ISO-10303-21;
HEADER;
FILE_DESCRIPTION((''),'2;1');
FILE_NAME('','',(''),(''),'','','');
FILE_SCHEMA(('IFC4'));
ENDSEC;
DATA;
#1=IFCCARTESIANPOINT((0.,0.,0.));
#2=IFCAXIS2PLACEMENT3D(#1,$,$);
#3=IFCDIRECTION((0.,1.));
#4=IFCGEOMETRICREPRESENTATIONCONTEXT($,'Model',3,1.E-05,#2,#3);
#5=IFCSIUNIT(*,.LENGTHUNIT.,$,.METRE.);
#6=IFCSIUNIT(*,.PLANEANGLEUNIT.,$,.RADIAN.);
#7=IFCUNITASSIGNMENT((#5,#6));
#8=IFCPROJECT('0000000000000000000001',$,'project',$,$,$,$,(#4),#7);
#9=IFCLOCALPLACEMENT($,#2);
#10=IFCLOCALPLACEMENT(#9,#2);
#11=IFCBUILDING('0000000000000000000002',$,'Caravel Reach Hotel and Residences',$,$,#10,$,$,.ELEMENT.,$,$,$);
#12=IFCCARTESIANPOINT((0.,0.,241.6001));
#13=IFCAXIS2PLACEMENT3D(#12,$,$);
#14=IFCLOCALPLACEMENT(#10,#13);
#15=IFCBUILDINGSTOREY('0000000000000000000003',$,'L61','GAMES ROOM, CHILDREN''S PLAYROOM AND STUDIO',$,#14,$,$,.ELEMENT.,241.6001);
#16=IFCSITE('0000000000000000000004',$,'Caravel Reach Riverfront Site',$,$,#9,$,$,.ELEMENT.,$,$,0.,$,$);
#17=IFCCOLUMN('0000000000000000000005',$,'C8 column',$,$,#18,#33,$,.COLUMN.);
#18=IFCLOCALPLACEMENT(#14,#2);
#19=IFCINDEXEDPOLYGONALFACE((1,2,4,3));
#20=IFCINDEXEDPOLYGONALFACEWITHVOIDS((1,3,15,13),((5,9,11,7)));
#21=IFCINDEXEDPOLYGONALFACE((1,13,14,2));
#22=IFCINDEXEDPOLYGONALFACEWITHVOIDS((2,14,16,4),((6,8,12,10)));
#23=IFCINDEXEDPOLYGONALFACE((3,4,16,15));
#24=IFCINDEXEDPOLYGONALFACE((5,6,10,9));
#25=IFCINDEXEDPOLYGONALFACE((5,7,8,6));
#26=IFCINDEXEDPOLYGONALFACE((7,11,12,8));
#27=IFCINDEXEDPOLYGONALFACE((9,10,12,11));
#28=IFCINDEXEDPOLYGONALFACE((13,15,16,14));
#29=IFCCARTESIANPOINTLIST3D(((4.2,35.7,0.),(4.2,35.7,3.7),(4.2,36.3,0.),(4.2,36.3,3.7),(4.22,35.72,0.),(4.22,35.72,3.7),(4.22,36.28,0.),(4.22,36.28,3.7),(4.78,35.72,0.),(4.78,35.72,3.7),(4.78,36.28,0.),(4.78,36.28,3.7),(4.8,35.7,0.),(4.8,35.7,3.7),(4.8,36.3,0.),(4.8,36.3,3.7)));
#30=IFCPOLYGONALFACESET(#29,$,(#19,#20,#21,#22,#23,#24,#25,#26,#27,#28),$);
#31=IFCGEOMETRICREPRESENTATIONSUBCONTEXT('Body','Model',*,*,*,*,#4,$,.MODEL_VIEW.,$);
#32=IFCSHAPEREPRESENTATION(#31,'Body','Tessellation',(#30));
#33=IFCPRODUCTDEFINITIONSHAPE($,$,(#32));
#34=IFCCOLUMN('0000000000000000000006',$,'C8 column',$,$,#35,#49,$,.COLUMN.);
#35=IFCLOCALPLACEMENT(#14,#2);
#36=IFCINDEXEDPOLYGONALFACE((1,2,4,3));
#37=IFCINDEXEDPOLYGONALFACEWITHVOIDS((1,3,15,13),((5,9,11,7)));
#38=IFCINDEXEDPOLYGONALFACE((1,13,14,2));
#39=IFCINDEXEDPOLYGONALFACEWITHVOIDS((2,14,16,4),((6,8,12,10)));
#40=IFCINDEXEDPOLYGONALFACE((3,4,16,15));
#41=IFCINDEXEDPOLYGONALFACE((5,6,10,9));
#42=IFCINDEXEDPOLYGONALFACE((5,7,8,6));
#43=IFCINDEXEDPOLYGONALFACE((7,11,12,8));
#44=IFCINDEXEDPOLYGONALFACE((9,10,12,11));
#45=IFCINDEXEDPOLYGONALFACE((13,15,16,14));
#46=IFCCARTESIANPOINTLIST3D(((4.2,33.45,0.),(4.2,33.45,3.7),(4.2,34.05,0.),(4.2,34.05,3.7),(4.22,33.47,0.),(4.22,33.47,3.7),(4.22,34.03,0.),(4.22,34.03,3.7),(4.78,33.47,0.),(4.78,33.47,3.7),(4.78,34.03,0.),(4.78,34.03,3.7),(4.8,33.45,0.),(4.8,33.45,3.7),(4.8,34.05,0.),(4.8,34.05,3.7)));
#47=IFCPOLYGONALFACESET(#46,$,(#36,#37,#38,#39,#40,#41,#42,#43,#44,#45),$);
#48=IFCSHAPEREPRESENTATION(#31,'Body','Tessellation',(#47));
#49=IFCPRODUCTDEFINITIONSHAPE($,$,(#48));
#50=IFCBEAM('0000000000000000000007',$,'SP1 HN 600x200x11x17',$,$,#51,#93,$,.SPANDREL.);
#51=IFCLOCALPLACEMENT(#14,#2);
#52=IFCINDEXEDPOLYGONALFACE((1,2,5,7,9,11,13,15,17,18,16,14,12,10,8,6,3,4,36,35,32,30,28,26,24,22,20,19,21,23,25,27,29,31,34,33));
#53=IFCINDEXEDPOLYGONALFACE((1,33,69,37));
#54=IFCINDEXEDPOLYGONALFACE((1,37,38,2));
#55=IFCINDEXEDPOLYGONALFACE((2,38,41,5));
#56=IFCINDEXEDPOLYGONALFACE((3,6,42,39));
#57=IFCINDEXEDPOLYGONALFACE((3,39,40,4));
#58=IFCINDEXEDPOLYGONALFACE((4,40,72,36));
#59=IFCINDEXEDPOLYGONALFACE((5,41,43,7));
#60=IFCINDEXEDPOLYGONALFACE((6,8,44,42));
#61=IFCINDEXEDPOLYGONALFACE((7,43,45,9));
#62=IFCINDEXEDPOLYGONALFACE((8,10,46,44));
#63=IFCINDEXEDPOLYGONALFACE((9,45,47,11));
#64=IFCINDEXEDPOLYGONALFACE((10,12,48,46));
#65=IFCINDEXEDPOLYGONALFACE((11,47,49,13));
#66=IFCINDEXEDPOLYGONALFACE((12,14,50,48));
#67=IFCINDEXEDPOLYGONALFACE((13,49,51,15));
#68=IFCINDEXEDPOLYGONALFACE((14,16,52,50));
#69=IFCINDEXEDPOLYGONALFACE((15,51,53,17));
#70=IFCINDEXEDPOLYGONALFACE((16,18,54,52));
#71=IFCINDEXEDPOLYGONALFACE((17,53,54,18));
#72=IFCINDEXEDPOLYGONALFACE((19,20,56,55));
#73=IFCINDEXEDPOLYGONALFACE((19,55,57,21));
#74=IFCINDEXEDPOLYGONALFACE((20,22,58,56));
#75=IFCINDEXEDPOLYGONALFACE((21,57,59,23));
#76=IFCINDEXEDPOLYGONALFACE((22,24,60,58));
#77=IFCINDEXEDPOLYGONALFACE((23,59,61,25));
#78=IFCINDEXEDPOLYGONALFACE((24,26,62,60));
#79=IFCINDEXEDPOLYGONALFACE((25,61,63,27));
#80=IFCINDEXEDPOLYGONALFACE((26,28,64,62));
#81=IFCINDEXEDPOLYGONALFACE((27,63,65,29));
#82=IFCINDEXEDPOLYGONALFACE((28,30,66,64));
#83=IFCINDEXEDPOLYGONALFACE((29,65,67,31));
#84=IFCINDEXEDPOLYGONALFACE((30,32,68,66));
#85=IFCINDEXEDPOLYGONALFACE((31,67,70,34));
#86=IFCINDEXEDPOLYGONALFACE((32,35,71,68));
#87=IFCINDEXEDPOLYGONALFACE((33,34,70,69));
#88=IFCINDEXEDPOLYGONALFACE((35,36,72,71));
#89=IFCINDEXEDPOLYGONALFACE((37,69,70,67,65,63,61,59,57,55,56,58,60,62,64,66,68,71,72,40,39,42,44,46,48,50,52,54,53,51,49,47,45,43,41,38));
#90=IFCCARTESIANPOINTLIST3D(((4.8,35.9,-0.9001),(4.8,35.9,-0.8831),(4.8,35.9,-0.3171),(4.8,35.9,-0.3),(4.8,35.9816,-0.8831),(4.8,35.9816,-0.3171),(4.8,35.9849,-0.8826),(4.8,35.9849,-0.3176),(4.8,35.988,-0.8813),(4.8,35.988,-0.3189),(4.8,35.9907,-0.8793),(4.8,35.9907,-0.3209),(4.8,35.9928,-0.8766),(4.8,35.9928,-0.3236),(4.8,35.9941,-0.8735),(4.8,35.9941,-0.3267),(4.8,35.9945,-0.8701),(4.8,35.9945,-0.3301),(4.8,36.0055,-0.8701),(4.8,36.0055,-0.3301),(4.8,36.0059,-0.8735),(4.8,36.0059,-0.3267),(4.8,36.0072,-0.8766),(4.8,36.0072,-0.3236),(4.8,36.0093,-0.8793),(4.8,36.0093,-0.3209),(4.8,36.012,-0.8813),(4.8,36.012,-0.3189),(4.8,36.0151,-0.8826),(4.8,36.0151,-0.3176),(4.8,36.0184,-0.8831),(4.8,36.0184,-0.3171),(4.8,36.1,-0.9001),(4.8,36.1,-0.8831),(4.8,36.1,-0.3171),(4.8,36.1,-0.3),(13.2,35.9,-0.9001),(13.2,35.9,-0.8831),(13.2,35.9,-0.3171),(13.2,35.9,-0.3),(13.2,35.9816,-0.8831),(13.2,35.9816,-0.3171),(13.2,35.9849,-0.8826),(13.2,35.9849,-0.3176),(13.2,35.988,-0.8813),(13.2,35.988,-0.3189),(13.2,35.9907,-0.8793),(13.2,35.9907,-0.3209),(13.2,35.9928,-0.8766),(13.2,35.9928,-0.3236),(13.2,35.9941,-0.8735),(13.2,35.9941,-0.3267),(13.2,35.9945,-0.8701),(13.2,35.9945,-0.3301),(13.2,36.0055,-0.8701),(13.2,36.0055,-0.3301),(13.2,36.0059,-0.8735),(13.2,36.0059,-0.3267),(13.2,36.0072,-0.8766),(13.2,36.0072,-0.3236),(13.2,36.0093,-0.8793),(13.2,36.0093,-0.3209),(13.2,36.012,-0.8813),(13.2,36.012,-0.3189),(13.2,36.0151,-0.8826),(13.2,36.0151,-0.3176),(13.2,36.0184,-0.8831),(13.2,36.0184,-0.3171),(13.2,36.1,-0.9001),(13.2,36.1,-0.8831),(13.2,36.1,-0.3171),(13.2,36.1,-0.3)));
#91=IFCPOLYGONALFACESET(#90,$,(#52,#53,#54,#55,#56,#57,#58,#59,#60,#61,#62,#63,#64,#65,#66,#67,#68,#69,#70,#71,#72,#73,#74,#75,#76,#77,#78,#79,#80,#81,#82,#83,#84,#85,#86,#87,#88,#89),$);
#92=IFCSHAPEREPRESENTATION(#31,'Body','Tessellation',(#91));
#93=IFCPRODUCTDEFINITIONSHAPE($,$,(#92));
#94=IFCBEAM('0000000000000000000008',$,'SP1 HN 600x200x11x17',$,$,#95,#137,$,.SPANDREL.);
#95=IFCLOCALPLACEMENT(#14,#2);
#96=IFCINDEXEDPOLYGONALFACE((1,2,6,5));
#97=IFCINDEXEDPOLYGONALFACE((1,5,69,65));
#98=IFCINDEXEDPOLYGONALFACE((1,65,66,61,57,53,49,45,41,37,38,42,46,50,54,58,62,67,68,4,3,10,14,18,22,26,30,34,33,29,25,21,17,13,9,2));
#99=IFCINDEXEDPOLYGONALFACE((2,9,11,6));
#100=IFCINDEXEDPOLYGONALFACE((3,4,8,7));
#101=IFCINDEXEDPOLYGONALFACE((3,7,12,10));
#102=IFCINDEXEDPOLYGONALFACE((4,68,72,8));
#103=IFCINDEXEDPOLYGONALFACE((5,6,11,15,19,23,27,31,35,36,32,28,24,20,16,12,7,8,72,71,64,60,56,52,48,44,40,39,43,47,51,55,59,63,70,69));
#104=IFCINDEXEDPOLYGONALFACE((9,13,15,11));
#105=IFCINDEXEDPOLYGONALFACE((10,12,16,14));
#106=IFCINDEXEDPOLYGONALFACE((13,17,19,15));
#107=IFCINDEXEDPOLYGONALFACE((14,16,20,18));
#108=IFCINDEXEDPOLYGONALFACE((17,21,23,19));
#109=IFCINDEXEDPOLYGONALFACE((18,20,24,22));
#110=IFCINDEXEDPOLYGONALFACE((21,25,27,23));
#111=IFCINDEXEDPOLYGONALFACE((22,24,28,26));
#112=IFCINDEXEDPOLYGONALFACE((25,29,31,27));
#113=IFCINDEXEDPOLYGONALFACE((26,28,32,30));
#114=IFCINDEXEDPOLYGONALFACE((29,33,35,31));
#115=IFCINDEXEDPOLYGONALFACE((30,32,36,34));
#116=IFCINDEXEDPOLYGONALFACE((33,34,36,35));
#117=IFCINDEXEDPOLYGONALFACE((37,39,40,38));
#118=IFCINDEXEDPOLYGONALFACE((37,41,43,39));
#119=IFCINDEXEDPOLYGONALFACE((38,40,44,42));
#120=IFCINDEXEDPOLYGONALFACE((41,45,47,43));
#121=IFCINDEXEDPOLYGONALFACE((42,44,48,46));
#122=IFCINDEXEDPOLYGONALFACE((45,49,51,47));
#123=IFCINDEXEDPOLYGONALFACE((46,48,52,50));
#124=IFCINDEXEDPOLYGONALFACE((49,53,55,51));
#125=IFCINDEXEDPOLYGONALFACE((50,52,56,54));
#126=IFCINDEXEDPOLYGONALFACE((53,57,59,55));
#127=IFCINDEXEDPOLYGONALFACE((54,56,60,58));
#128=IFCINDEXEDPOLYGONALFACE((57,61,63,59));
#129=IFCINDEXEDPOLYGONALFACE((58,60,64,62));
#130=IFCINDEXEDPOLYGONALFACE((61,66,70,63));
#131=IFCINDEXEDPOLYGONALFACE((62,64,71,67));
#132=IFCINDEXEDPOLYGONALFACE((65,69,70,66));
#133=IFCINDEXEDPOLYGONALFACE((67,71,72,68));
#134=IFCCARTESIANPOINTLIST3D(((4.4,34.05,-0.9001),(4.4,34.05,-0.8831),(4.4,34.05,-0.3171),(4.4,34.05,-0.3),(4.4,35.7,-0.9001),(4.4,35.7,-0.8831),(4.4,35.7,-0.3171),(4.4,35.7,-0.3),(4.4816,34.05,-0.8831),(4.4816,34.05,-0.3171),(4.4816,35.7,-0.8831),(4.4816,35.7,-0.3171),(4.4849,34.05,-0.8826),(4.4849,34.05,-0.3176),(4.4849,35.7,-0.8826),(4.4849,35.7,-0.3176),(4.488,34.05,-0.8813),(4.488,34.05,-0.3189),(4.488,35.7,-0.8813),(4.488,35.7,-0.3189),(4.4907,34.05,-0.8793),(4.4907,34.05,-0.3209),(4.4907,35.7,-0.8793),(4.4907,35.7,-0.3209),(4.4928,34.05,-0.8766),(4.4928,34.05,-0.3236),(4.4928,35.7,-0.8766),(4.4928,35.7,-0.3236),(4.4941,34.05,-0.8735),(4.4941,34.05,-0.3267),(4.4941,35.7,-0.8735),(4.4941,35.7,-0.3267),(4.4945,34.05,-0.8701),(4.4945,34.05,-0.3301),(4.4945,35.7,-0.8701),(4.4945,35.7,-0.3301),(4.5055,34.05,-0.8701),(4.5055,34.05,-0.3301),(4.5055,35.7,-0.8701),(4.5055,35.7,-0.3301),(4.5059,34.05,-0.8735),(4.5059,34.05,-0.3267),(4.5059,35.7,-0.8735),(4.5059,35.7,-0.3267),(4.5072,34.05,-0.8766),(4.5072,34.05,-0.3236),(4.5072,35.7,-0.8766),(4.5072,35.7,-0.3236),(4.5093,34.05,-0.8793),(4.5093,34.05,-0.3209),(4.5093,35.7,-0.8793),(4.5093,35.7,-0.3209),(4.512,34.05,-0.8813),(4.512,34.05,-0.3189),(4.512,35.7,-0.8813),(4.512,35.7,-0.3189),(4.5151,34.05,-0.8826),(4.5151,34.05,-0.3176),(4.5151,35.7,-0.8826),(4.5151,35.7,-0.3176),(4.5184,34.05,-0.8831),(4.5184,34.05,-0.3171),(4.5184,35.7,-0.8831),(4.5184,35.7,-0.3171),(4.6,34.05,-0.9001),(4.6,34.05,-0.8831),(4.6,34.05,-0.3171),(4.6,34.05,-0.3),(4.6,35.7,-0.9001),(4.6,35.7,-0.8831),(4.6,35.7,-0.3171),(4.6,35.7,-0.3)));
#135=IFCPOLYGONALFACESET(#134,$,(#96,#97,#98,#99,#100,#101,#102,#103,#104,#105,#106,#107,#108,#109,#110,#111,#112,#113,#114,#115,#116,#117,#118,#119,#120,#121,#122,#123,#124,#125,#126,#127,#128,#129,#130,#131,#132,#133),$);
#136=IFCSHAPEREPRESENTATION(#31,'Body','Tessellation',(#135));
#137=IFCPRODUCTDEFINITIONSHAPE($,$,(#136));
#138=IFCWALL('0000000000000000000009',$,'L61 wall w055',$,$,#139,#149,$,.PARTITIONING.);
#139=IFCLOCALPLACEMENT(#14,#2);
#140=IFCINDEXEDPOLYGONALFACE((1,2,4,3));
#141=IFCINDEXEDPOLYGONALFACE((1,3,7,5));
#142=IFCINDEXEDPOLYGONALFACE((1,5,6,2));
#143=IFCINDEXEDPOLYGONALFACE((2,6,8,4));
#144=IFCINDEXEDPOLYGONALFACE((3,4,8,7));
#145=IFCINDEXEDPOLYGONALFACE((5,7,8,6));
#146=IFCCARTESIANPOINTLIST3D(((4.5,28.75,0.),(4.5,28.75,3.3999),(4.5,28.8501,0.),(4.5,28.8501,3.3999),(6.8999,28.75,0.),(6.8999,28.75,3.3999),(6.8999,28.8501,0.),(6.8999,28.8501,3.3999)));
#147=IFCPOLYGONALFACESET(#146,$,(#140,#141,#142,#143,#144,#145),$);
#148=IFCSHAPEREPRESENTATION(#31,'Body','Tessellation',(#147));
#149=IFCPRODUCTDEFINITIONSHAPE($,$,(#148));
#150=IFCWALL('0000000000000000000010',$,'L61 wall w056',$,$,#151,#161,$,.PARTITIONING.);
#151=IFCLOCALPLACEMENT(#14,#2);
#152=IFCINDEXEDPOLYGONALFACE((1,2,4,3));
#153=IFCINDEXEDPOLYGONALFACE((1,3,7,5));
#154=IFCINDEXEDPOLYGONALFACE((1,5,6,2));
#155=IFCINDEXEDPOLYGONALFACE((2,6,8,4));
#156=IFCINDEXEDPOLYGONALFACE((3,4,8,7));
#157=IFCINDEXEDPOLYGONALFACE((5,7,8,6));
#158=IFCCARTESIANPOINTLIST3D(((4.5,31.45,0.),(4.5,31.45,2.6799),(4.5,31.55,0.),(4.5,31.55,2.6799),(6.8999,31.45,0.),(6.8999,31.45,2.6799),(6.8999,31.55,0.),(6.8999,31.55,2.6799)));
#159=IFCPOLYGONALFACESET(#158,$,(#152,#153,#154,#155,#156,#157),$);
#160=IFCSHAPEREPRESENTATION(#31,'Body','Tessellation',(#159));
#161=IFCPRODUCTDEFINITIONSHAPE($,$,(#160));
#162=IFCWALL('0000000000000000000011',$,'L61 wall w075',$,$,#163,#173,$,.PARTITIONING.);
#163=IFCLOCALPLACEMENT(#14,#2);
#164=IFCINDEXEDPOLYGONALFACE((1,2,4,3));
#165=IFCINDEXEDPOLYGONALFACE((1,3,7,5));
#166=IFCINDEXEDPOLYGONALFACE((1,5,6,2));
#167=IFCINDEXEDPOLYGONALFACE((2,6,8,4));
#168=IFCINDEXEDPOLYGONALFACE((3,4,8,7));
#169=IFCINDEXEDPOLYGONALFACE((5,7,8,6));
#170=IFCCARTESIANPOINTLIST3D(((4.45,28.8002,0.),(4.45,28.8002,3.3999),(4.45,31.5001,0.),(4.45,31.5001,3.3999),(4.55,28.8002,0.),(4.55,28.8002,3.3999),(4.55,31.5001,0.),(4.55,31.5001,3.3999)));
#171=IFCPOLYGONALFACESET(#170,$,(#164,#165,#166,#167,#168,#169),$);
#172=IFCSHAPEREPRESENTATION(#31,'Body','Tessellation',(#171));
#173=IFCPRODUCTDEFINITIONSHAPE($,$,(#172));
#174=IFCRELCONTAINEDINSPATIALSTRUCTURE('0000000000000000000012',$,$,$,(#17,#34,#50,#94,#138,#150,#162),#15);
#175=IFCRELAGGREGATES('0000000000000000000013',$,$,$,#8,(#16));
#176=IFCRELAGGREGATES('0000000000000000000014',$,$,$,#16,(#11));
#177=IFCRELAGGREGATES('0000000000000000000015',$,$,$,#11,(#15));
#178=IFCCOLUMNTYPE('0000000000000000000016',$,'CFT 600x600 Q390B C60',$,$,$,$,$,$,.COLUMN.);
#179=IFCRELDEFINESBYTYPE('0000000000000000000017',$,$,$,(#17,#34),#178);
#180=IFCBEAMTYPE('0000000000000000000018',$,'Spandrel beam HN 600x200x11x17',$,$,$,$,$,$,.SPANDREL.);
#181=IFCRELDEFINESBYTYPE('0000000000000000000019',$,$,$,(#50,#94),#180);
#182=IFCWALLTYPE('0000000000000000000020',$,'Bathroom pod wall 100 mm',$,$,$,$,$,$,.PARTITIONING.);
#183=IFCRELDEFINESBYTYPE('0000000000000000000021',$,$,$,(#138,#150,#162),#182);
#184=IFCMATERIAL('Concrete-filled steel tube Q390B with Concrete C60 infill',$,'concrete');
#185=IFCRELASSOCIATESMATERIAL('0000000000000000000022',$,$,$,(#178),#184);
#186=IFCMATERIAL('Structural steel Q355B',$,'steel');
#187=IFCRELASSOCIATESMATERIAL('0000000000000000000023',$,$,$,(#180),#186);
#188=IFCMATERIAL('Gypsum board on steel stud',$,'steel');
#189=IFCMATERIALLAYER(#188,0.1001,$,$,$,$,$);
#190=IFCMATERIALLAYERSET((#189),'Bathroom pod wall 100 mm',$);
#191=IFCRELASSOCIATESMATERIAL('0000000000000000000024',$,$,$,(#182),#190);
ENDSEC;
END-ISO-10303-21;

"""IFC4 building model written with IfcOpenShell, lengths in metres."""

from ifc_helpers import new_model, si_unit, direction, frame, frame_2d, origin, origin_2d, place, context, subcontext, project, spatial, rectangle, hollow_rectangle, i_section, extrude, material, layer, layer_set, material_profile, profile_set, type_object, element, save


model = new_model("IFC4")

# Units and contexts
model_context = context("Model", 3, precision=1e-05, world=origin(), true_north=direction((0.0, 1.0)))
body_context = subcontext(model_context, "Body", "Model", "MODEL_VIEW")
ifc_project = project(units=[si_unit("LENGTHUNIT", "METRE"), si_unit("PLANEANGLEUNIT", "RADIAN")], contexts=[model_context])

# Site, building, storey
site_placement = place(None, origin())
site = spatial("IfcSite", under=ifc_project, at=site_placement, Name="Caravel Reach Riverfront Site", CompositionType="ELEMENT", RefElevation=0.0)
building_placement = place(site_placement, origin())
building = spatial("IfcBuilding", under=site, at=building_placement, Name="Caravel Reach Hotel and Residences", CompositionType="ELEMENT")
storey_placement = place(building_placement, frame((0.0, 0.0, 241.6001)))
storey = spatial("IfcBuildingStorey", under=building, at=storey_placement, Name="L61", Description="GAMES ROOM, CHILDREN'S PLAYROOM AND STUDIO", CompositionType="ELEMENT", Elevation=241.6001)

# Columns
ifc_material_1 = material(Name="Concrete-filled steel tube Q390B with Concrete C60 infill", Category="concrete")
ifc_material_profile_1 = material_profile(ifc_material_1, hollow_rectangle(XDim=0.6001, YDim=0.6001, WallThickness=0.02, at=origin_2d()), Name="RHS 600x600x20")
ifc_profile_set_1 = profile_set([ifc_material_profile_1], Name="Concrete-filled steel tube Q390B with Concrete C60 infill")
column_type = type_object("IfcColumnType", Name="CFT 600x600 Q390B C60", PredefinedType="COLUMN", material=ifc_profile_set_1)
for number, where, z_axis, x_axis, name in (
    (1, (4.5, 36.0, 0.0), (0.0, 0.0, 1.0), (1.0, 0.0, 0.0), "C8 column"),
    (2, (4.5, 33.75, 0.0), (0.0, 0.0, 1.0), (1.0, 0.0, 0.0), "C8 column"),
):
    element("IfcColumn", number, at=place(storey_placement, frame(where, z_axis=z_axis, x_axis=x_axis)), inside=storey, type_object=column_type, Name=name, PredefinedType="COLUMN", context=body_context, shape_type="SweptSolid", body=[
        extrude(hollow_rectangle(XDim=0.6001, YDim=0.6001, WallThickness=0.02, at=origin_2d()), origin(), (0.0, 0.0, 1.0), 3.7),
    ])

# Beams
ifc_material_2 = material(Name="Structural steel Q355B", Category="steel")
ifc_material_profile_2 = material_profile(ifc_material_2, i_section(OverallWidth=0.2, OverallDepth=0.6001, WebThickness=0.011, FlangeThickness=0.0171, FilletRadius=0.0129, at=origin_2d()), Name="HN 600x200x11x17")
ifc_profile_set_2 = profile_set([ifc_material_profile_2], Name="Structural steel Q355B")
beam_type = type_object("IfcBeamType", Name="Spandrel beam HN 600x200x11x17", PredefinedType="SPANDREL", material=ifc_profile_set_2)
beam_1_placement = place(storey_placement, frame((13.2, 36.0, -0.6001), z_axis=(-1.0, 0.0, 0.0), x_axis=(0.0, -1.0, 0.0)))
element("IfcBeam", 3, at=beam_1_placement, inside=storey, type_object=beam_type, Name="SP1 HN 600x200x11x17", PredefinedType="SPANDREL", context=body_context, shape_type="SweptSolid", body=[
    extrude(i_section(OverallWidth=0.2, OverallDepth=0.6001, WebThickness=0.011, FlangeThickness=0.0171, FilletRadius=0.0129, at=origin_2d()), origin(), (0.0, 0.0, 1.0), 8.3999),
])
beam_2_placement = place(storey_placement, frame((4.5, 35.7, -0.6001), z_axis=(0.0, -1.0, 0.0), x_axis=(1.0, 0.0, 0.0)))
element("IfcBeam", 4, at=beam_2_placement, inside=storey, type_object=beam_type, Name="SP1 HN 600x200x11x17", PredefinedType="SPANDREL", context=body_context, shape_type="SweptSolid", body=[
    extrude(i_section(OverallWidth=0.2, OverallDepth=0.6001, WebThickness=0.011, FlangeThickness=0.0171, FilletRadius=0.0129, at=origin_2d()), origin(), (0.0, 0.0, 1.0), 1.6499),
])

# Walls
ifc_material_3 = material(Name="Gypsum board on steel stud", Category="steel")
ifc_layer_1 = layer(ifc_material_3, 0.1001)
ifc_layer_set_1 = layer_set([ifc_layer_1], Name="Bathroom pod wall 100 mm")
wall_type_1 = type_object("IfcWallType", Name="Bathroom pod wall 100 mm", PredefinedType="PARTITIONING", material=ifc_layer_set_1)
wall_1_placement = place(storey_placement, frame((4.5, 28.8, 0.0), z_axis=(0.0, 0.0, 1.0), x_axis=(1.0, 0.0, 0.0)))
element("IfcWall", 5, at=wall_1_placement, inside=storey, type_object=wall_type_1, Name="L61 wall w055", PredefinedType="PARTITIONING", context=body_context, shape_type="SweptSolid", body=[
    extrude(rectangle(XDim=2.3999, YDim=0.1001, at=frame_2d((1.2, 0.0))), origin(), (0.0, 0.0, 1.0), 3.3999),
])
wall_2_placement = place(storey_placement, frame((4.5, 31.5, 0.0), z_axis=(0.0, 0.0, 1.0), x_axis=(1.0, 0.0, 0.0)))
element("IfcWall", 6, at=wall_2_placement, inside=storey, type_object=wall_type_1, Name="L61 wall w056", PredefinedType="PARTITIONING", context=body_context, shape_type="SweptSolid", body=[
    extrude(rectangle(XDim=2.3999, YDim=0.1001, at=frame_2d((1.2, 0.0))), origin(), (0.0, 0.0, 1.0), 2.6799),
])
wall_3_placement = place(storey_placement, frame((4.5, 28.8, 0.0), z_axis=(0.0, 0.0, 1.0), x_axis=(0.0, 1.0, 0.0)))
element("IfcWall", 7, at=wall_3_placement, inside=storey, type_object=wall_type_1, Name="L61 wall w075", PredefinedType="PARTITIONING", context=body_context, shape_type="SweptSolid", body=[
    extrude(rectangle(XDim=2.7, YDim=0.1001, at=frame_2d((1.3501, 0.0))), origin(), (0.0, 0.0, 1.0), 3.3999),
])

save(model, "model.ifc")
